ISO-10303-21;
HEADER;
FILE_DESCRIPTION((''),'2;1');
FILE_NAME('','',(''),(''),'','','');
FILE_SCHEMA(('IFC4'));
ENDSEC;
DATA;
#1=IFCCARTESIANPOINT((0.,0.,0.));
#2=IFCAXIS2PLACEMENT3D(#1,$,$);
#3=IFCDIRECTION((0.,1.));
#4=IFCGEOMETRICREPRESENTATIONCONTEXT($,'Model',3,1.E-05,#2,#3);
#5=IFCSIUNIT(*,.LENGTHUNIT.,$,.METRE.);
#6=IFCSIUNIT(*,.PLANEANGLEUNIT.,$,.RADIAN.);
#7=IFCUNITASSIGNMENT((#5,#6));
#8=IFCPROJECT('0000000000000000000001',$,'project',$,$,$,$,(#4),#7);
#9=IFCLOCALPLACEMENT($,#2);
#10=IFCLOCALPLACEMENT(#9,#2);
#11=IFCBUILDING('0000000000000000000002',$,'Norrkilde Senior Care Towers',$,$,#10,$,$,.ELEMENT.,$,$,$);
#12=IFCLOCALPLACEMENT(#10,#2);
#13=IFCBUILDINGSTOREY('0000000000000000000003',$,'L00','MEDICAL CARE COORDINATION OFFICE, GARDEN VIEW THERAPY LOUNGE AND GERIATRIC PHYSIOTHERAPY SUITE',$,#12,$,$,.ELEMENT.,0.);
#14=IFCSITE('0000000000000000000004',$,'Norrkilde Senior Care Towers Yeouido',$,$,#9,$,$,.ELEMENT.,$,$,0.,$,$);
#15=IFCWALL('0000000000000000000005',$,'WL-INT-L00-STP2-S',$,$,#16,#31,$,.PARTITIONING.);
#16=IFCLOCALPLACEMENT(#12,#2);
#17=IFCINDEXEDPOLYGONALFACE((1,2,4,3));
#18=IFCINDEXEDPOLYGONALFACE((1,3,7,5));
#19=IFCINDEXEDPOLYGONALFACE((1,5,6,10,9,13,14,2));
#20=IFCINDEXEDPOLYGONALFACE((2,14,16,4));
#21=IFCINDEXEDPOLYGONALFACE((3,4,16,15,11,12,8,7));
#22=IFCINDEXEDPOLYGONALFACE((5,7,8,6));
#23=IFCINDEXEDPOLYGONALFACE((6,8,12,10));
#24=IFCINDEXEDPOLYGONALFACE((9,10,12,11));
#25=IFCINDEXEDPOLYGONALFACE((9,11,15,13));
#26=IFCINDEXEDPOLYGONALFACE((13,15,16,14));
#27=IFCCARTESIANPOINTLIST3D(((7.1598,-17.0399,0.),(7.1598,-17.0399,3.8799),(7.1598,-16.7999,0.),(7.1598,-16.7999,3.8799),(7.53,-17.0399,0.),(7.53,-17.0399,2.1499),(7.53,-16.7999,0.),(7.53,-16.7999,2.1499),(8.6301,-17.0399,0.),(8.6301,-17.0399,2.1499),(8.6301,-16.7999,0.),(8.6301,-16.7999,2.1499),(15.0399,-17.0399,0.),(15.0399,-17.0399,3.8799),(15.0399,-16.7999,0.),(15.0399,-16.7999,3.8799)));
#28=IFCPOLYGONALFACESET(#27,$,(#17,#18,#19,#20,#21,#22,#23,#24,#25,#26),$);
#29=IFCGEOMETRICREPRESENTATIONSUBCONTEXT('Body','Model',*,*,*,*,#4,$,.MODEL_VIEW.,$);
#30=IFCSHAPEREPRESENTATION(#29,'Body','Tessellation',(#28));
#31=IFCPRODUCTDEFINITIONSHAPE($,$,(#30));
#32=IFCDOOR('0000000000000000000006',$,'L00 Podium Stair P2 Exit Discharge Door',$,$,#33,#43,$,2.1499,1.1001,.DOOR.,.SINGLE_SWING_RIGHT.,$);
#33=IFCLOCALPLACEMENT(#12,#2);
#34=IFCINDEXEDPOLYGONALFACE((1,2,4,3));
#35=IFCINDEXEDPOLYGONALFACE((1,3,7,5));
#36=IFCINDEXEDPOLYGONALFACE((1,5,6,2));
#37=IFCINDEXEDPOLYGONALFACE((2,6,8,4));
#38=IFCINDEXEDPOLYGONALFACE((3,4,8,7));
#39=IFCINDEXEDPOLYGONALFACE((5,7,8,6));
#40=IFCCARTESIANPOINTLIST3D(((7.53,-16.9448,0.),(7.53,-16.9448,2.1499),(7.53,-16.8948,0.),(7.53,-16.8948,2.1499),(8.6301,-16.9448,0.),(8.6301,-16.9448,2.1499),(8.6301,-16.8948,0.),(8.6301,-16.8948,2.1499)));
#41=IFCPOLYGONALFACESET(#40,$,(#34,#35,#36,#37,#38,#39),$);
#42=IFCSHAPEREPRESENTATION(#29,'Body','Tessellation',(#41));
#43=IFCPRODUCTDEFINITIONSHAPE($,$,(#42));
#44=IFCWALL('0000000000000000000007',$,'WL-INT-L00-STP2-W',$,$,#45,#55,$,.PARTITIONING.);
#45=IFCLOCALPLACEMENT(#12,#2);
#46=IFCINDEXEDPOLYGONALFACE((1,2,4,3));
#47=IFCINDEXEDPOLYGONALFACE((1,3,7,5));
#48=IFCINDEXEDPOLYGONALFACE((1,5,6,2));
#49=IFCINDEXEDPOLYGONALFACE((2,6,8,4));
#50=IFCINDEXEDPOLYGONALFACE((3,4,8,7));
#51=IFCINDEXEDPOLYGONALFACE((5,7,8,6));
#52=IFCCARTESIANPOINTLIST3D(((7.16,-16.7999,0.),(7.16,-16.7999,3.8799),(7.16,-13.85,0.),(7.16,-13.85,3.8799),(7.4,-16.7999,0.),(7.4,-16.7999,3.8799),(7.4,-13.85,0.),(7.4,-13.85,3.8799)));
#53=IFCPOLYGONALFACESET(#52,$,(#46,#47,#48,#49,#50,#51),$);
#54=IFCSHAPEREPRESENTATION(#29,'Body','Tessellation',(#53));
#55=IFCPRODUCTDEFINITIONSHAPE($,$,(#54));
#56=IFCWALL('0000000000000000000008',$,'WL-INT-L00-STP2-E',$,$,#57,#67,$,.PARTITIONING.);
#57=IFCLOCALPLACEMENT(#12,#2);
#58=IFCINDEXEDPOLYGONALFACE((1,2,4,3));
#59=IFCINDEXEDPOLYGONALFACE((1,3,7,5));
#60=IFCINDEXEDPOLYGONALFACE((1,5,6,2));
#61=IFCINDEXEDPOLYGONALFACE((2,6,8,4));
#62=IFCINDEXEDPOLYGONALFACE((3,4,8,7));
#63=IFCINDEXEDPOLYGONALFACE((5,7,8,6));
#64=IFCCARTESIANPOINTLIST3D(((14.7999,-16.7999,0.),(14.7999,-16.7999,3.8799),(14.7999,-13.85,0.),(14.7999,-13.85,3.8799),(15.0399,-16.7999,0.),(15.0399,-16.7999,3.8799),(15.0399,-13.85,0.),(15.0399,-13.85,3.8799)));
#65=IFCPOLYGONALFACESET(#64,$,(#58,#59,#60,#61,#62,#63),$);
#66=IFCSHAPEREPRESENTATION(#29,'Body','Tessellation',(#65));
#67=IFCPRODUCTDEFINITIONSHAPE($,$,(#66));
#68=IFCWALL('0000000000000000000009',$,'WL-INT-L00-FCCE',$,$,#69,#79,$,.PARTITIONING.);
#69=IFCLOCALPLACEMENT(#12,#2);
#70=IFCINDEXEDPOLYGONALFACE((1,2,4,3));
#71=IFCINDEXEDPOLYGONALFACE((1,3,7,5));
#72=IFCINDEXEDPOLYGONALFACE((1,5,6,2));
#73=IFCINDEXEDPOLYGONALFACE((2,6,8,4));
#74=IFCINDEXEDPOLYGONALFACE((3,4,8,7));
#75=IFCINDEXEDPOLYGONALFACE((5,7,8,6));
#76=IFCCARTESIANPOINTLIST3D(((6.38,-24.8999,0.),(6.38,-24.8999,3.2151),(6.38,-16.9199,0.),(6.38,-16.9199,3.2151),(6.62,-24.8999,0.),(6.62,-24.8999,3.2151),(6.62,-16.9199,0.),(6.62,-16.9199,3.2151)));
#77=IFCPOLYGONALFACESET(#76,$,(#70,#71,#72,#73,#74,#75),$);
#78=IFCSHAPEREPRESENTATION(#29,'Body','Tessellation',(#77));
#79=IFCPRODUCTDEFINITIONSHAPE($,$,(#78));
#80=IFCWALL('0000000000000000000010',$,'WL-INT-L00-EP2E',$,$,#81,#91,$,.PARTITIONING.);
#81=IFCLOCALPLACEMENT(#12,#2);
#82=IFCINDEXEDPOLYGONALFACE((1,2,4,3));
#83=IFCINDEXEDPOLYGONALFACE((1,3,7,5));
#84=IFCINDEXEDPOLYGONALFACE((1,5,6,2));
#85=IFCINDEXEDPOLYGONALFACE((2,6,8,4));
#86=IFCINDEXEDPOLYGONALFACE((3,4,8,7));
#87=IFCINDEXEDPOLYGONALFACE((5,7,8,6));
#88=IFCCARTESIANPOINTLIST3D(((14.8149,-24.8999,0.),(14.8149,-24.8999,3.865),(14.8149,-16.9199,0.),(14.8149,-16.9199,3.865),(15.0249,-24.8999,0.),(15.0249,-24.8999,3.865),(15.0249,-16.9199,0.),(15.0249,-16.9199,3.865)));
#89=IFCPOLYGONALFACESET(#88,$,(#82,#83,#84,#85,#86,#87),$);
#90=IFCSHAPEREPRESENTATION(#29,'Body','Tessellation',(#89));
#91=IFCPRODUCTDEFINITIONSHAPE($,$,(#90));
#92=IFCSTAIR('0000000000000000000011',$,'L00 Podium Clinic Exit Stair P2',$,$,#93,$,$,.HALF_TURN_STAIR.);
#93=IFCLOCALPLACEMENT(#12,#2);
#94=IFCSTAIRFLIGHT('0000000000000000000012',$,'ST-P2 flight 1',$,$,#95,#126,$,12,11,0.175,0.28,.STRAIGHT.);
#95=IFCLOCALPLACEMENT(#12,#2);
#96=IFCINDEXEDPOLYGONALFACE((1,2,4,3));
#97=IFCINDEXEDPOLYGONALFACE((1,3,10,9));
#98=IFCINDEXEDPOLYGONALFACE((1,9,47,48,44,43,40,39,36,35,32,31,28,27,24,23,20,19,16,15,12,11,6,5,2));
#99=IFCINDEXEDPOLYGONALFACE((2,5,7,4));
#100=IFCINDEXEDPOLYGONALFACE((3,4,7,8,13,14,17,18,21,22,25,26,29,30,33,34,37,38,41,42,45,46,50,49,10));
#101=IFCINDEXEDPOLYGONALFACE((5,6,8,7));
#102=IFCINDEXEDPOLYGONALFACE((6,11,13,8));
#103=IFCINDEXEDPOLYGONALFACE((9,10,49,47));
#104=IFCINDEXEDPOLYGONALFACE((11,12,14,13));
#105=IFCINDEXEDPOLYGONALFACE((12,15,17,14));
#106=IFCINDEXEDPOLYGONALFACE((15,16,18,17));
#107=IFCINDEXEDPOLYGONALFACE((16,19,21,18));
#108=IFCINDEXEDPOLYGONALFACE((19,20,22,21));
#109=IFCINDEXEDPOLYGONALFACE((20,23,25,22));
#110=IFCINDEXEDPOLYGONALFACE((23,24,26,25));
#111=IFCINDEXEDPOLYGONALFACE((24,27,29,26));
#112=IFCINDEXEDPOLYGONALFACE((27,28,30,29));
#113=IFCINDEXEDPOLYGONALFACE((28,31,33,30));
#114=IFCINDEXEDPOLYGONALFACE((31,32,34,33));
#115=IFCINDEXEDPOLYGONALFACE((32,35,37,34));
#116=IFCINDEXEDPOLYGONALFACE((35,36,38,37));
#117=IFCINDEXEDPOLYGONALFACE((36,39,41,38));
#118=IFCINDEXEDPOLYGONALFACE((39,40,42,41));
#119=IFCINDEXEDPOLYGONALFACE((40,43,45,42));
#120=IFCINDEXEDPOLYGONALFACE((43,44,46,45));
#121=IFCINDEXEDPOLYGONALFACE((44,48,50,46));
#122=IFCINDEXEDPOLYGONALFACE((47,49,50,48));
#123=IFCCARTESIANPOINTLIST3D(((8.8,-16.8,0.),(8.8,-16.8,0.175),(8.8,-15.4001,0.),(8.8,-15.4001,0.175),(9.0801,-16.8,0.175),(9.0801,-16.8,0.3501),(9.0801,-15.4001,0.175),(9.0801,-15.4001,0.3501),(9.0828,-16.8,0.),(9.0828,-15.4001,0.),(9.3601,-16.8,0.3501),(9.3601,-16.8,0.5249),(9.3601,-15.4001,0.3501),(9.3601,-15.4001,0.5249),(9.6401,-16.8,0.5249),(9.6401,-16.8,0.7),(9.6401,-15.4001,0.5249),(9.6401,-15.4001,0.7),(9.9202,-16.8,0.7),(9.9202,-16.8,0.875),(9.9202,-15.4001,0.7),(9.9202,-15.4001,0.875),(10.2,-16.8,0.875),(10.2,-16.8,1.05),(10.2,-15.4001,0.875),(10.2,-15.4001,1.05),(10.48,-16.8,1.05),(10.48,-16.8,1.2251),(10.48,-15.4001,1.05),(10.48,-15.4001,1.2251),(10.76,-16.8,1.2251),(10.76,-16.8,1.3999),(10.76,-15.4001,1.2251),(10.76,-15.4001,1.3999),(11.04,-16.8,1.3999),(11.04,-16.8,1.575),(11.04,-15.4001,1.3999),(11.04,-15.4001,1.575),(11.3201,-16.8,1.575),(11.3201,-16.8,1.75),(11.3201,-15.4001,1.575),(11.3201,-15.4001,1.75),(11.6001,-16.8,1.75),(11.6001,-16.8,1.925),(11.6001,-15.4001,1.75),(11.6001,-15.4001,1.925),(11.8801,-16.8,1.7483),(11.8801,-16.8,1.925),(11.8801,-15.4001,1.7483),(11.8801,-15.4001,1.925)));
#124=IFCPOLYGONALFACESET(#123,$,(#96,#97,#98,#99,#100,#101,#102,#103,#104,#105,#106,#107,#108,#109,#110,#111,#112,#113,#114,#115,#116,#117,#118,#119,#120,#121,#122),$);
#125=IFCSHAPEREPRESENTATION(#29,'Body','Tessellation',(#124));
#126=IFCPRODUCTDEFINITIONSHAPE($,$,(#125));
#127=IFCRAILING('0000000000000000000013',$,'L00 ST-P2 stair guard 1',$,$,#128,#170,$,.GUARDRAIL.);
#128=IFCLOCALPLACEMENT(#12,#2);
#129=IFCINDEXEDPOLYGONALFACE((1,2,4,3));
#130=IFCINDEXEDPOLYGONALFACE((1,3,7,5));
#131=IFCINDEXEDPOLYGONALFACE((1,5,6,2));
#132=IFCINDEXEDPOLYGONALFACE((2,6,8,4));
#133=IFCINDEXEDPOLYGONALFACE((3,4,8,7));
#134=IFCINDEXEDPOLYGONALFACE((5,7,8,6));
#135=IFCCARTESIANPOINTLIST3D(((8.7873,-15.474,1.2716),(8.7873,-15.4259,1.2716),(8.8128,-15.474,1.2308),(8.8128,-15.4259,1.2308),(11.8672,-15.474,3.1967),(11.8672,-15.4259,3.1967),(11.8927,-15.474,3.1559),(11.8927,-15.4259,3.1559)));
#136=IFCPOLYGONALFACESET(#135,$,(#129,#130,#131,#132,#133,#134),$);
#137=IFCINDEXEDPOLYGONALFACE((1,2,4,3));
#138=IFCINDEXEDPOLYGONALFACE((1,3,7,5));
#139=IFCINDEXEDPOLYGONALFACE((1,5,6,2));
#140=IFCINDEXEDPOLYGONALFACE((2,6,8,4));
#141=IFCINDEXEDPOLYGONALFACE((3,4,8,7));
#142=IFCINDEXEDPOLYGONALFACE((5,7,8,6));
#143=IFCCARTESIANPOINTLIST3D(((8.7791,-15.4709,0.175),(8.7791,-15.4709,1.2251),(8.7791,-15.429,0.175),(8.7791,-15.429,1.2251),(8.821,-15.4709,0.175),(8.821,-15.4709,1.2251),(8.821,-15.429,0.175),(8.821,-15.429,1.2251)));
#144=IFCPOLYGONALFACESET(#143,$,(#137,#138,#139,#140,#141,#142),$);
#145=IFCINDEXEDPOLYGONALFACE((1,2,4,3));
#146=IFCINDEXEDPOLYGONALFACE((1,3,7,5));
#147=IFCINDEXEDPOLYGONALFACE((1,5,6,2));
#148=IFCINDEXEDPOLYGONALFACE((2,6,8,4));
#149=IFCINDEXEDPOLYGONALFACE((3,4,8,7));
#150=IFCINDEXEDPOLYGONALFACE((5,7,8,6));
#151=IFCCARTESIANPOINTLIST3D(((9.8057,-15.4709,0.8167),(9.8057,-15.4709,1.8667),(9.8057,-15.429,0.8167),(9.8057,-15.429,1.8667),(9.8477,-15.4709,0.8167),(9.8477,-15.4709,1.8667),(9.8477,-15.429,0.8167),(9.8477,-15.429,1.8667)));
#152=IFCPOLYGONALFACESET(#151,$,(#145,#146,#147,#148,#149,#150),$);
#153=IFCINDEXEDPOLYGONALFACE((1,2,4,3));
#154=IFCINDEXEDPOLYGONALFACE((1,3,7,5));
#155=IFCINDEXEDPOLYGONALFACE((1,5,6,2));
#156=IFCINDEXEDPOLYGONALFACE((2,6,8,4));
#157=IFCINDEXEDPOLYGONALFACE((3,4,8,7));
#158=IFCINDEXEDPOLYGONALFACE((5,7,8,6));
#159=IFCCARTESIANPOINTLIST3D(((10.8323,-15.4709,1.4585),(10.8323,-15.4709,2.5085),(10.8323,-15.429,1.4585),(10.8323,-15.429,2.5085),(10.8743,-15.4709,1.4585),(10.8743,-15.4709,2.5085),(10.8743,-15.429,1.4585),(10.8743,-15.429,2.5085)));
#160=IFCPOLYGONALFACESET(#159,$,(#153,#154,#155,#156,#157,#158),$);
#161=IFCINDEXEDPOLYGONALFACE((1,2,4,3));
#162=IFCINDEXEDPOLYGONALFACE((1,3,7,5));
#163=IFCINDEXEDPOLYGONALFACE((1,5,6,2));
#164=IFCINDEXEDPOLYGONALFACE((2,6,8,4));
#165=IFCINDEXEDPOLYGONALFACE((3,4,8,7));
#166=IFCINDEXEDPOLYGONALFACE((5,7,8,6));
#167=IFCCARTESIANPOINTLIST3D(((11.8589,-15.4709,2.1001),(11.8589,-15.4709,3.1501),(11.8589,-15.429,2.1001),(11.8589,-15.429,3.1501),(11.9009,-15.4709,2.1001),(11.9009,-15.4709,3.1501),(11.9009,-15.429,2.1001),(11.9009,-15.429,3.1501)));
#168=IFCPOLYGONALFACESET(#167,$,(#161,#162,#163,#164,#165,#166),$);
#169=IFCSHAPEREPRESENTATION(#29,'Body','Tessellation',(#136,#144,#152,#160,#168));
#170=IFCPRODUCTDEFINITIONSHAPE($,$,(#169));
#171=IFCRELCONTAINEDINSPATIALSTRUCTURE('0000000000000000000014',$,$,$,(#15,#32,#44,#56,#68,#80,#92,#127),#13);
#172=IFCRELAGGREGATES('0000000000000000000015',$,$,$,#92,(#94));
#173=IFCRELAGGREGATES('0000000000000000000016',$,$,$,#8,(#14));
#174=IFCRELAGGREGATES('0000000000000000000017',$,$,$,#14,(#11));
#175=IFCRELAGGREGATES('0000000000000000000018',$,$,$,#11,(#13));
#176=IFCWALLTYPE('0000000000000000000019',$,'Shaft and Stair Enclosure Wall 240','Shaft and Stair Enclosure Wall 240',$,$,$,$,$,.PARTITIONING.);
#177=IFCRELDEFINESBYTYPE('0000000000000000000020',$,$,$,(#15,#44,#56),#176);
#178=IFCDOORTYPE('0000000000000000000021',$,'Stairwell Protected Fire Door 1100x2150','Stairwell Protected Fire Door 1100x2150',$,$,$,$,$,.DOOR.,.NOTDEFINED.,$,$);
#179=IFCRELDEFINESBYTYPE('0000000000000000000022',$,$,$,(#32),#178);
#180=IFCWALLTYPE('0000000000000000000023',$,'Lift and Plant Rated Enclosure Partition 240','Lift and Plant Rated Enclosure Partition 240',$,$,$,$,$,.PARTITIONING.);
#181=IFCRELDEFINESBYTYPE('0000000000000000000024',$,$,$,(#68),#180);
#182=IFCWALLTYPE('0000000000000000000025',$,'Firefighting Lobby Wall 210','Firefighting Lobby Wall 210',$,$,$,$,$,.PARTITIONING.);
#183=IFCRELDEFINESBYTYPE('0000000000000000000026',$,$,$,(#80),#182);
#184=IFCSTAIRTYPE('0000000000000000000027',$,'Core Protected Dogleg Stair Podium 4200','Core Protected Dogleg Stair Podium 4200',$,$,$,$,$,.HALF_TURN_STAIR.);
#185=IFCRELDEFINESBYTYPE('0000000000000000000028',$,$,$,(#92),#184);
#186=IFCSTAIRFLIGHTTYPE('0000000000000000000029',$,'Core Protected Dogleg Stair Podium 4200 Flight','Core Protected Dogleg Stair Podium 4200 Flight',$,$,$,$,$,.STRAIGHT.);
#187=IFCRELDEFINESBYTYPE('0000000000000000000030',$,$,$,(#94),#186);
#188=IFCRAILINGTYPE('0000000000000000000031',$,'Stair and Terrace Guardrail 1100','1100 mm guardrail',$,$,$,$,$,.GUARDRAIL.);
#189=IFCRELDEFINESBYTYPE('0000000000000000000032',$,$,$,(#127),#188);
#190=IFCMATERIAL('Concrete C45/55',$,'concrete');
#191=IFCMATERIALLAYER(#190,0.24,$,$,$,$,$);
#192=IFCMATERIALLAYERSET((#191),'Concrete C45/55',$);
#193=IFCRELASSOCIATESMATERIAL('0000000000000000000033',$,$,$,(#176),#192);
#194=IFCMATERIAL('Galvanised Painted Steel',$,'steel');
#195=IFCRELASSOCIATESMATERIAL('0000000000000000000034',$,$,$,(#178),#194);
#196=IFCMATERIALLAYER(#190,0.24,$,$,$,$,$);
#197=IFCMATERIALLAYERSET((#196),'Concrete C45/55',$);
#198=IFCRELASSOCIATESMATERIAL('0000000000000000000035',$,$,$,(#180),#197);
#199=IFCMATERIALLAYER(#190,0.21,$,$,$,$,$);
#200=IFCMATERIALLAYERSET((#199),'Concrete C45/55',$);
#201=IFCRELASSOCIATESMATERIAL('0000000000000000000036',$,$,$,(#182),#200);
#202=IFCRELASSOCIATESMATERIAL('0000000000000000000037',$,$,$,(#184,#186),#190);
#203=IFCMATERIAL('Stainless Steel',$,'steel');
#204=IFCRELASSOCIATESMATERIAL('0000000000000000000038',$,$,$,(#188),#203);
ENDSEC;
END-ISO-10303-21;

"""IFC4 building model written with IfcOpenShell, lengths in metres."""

from ifc_helpers import new_model, si_unit, direction, frame, frame_2d, origin, origin_2d, place, context, subcontext, project, spatial, polyline, rectangle, outline, extrude, source, transform, mapped, material, layer, layer_set, type_object, type_shapes, element, fill, aggregate, save


model = new_model("IFC4")

# Units and contexts
model_context = context("Model", 3, precision=1e-05, world=origin(), true_north=direction((0.0, 1.0)))
body_context = subcontext(model_context, "Body", "Model", "MODEL_VIEW")
ifc_project = project(units=[si_unit("LENGTHUNIT", "METRE"), si_unit("PLANEANGLEUNIT", "RADIAN")], contexts=[model_context])

# Site, building, storey
site_placement = place(None, origin())
site = spatial("IfcSite", under=ifc_project, at=site_placement, Name="Norrkilde Senior Care Towers Yeouido", CompositionType="ELEMENT", RefElevation=0.0)
building_placement = place(site_placement, origin())
building = spatial("IfcBuilding", under=site, at=building_placement, Name="Norrkilde Senior Care Towers", CompositionType="ELEMENT")
storey_placement = place(building_placement, origin())
storey = spatial("IfcBuildingStorey", under=building, at=storey_placement, Name="L00", Description="MEDICAL CARE COORDINATION OFFICE, GARDEN VIEW THERAPY LOUNGE AND GERIATRIC PHYSIOTHERAPY SUITE", CompositionType="ELEMENT", Elevation=0.0)

# Wall, opening, door
ifc_material_1 = material(Name="Concrete C45/55", Category="concrete")
ifc_layer_1 = layer(ifc_material_1, 0.24)
ifc_layer_set_1 = layer_set([ifc_layer_1], Name="Concrete C45/55")
wall_type_1 = type_object("IfcWallType", Name="Shaft and Stair Enclosure Wall 240", Description="Shaft and Stair Enclosure Wall 240", PredefinedType="PARTITIONING", material=ifc_layer_set_1)
shared_shape_1 = source(origin(), body_context, "Body", "SweptSolid", [
    extrude(rectangle(XDim=7.8801, YDim=0.24, at=frame_2d((3.9399, 0.0))), origin(), (0.0, 0.0, 1.0), 3.8799),
])
wall_1_placement = place(storey_placement, frame((7.1599, -16.9199, 0.0), z_axis=(0.0, 0.0, 1.0), x_axis=(1.0, 0.0, 0.0)))
wall_1 = element("IfcWall", 1, at=wall_1_placement, inside=storey, type_object=wall_type_1, Name="WL-INT-L00-STP2-S", PredefinedType="PARTITIONING", context=body_context, shape_type="MappedRepresentation", body=[
    mapped(shared_shape_1, transform((0.0, 0.0, 0.0), x_axis=(1.0, 0.0, 0.0), y_axis=(0.0, 1.0, 0.0), z_axis=(0.0, 0.0, 1.0), scale=1.0)),
])
opening_placement = place(wall_1_placement, frame((0.3701, 0.0, 0.0)))
opening = element("IfcOpeningElement", 2, at=opening_placement, cuts=wall_1, PredefinedType="OPENING", context=body_context, shape_type="SweptSolid", body=[
    extrude(rectangle(XDim=1.1001, YDim=2.1499, at=frame_2d((0.55, 1.075))), frame((0.0, 0.1299, 0.0), z_axis=(0.0, -1.0, 0.0), x_axis=(1.0, 0.0, 0.0)), (0.0, 0.0, 1.0), 0.26),
])
ifc_material_2 = material(Name="Galvanised Painted Steel", Category="steel")
door_type = type_object("IfcDoorType", Name="Stairwell Protected Fire Door 1100x2150", Description="Stairwell Protected Fire Door 1100x2150", OperationType="NOTDEFINED", PredefinedType="DOOR", material=ifc_material_2)
shared_shape_2 = source(origin(), body_context, "Body", "SweptSolid", [
    extrude(rectangle(XDim=1.1001, YDim=2.1499, at=frame_2d((0.55, 1.075))), frame((0.0, 0.0249, 0.0), z_axis=(0.0, -1.0, 0.0), x_axis=(1.0, 0.0, 0.0)), (0.0, 0.0, 1.0), 0.05),
])
type_shapes(door_type, [shared_shape_2])
door_placement = place(opening_placement, frame((1.1001, 0.0, 0.0), z_axis=(0.0, 0.0, 1.0), x_axis=(-1.0, 0.0, 0.0)))
door = element("IfcDoor", 3, at=door_placement, inside=storey, type_object=door_type, Name="L00 Podium Stair P2 Exit Discharge Door", OperationType="SINGLE_SWING_RIGHT", OverallHeight=2.1499, OverallWidth=1.1001, PredefinedType="DOOR", context=body_context, shape_type="MappedRepresentation", body=[
    mapped(shared_shape_2, transform((0.0, 0.0, 0.0), x_axis=(1.0, 0.0, 0.0), y_axis=(0.0, 1.0, 0.0), z_axis=(0.0, 0.0, 1.0), scale=1.0)),
])
fill(opening, door)

# Walls
shared_shape_3 = source(origin(), body_context, "Body", "SweptSolid", [
    extrude(rectangle(XDim=2.95, YDim=0.24, at=frame_2d((1.4751, 0.0))), origin(), (0.0, 0.0, 1.0), 3.8799),
])
type_shapes(wall_type_1, [shared_shape_1, shared_shape_3])
for number, where, z_axis, x_axis, name in (
    (4, (7.28, -16.8, 0.0), (0.0, 0.0, 1.0), (0.0, 1.0, 0.0), "WL-INT-L00-STP2-W"),
    (5, (14.9199, -16.8, 0.0), (0.0, 0.0, 1.0), (0.0, 1.0, 0.0), "WL-INT-L00-STP2-E"),
):
    element("IfcWall", number, at=place(storey_placement, frame(where, z_axis=z_axis, x_axis=x_axis)), inside=storey, type_object=wall_type_1, Name=name, PredefinedType="PARTITIONING", context=body_context, shape_type="MappedRepresentation", body=[
        mapped(shared_shape_3, transform((0.0, 0.0, 0.0), x_axis=(1.0, 0.0, 0.0), y_axis=(0.0, 1.0, 0.0), z_axis=(0.0, 0.0, 1.0), scale=1.0)),
    ])
ifc_layer_2 = layer(ifc_material_1, 0.24)
ifc_layer_set_2 = layer_set([ifc_layer_2], Name="Concrete C45/55")
wall_type_2 = type_object("IfcWallType", Name="Lift and Plant Rated Enclosure Partition 240", Description="Lift and Plant Rated Enclosure Partition 240", PredefinedType="PARTITIONING", material=ifc_layer_set_2)
shared_shape_4 = source(origin(), body_context, "Body", "SweptSolid", [
    extrude(rectangle(XDim=7.98, YDim=0.24, at=frame_2d((3.99, 0.0))), origin(), (0.0, 0.0, 1.0), 3.2151),
])
type_shapes(wall_type_2, [shared_shape_4])
wall_2_placement = place(storey_placement, frame((6.5, -24.8999, 0.0), z_axis=(0.0, 0.0, 1.0), x_axis=(0.0, 1.0, 0.0)))
element("IfcWall", 6, at=wall_2_placement, inside=storey, type_object=wall_type_2, Name="WL-INT-L00-FCCE", PredefinedType="PARTITIONING", context=body_context, shape_type="MappedRepresentation", body=[
    mapped(shared_shape_4, transform((0.0, 0.0, 0.0), x_axis=(1.0, 0.0, 0.0), y_axis=(0.0, 1.0, 0.0), z_axis=(0.0, 0.0, 1.0), scale=1.0)),
])
ifc_layer_3 = layer(ifc_material_1, 0.21)
ifc_layer_set_3 = layer_set([ifc_layer_3], Name="Concrete C45/55")
wall_type_3 = type_object("IfcWallType", Name="Firefighting Lobby Wall 210", Description="Firefighting Lobby Wall 210", PredefinedType="PARTITIONING", material=ifc_layer_set_3)
shared_shape_5 = source(origin(), body_context, "Body", "SweptSolid", [
    extrude(rectangle(XDim=7.98, YDim=0.21, at=frame_2d((3.99, 0.0))), origin(), (0.0, 0.0, 1.0), 3.865),
])
type_shapes(wall_type_3, [shared_shape_5])
wall_3_placement = place(storey_placement, frame((14.9199, -24.8999, 0.0), z_axis=(0.0, 0.0, 1.0), x_axis=(0.0, 1.0, 0.0)))
element("IfcWall", 7, at=wall_3_placement, inside=storey, type_object=wall_type_3, Name="WL-INT-L00-EP2E", PredefinedType="PARTITIONING", context=body_context, shape_type="MappedRepresentation", body=[
    mapped(shared_shape_5, transform((0.0, 0.0, 0.0), x_axis=(1.0, 0.0, 0.0), y_axis=(0.0, 1.0, 0.0), z_axis=(0.0, 0.0, 1.0), scale=1.0)),
])

# Stair, stair flight
stair_type = type_object("IfcStairType", Name="Core Protected Dogleg Stair Podium 4200", Description="Core Protected Dogleg Stair Podium 4200", PredefinedType="HALF_TURN_STAIR", material=ifc_material_1)
stair_placement = place(storey_placement, origin())
stair = element("IfcStair", 8, at=stair_placement, inside=storey, type_object=stair_type, Name="L00 Podium Clinic Exit Stair P2", PredefinedType="HALF_TURN_STAIR")
stair_flight_type = type_object("IfcStairFlightType", Name="Core Protected Dogleg Stair Podium 4200 Flight", Description="Core Protected Dogleg Stair Podium 4200 Flight", PredefinedType="STRAIGHT", material=ifc_material_1)
stair_flight_placement = place(storey_placement, frame((8.8, -16.1001, 0.0), z_axis=(0.0, 0.0, 1.0), x_axis=(1.0, 0.0, 0.0)))
stair_flight = element("IfcStairFlight", 9, at=stair_flight_placement, type_object=stair_flight_type, Name="ST-P2 flight 1", NumberOfRisers=12, NumberOfTreads=11, PredefinedType="STRAIGHT", RiserHeight=0.175, TreadLength=0.28, context=body_context, shape_type="SweptSolid", body=[
    extrude(outline(polyline([(0.0, 0.0), (0.0, 0.175), (0.28, 0.175), (0.28, 0.3501), (0.5601, 0.3501), (0.5601, 0.5249), (0.8401, 0.5249), (0.8401, 0.7), (1.1201, 0.7), (1.1201, 0.875), (1.3999, 0.875), (1.3999, 1.05), (1.6799, 1.05), (1.6799, 1.2251), (1.96, 1.2251), (1.96, 1.3999), (2.24, 1.3999), (2.24, 1.575), (2.52, 1.575), (2.52, 1.75), (2.8, 1.75), (2.8, 1.925), (3.0801, 1.925), (3.0801, 2.1001), (3.0801, 1.7483), (0.2827, 0.0), (0.0, 0.0)])), frame((0.0, 0.7, 0.0), z_axis=(0.0, -1.0, 0.0), x_axis=(1.0, 0.0, 0.0)), (0.0, 0.0, 1.0), 1.3999),
])
aggregate(stair, [stair_flight])

# Railing
ifc_material_3 = material(Name="Stainless Steel", Category="steel")
railing_type_1 = type_object("IfcRailingType", Name="Stair and Terrace Guardrail 1100", Description="1100 mm guardrail", PredefinedType="GUARDRAIL", material=ifc_material_3)
railing_1_placement = place(storey_placement, frame((8.8, -15.45, 0.175)))
element("IfcRailing", 10, at=railing_1_placement, inside=storey, type_object=railing_type_1, Name="L00 ST-P2 stair guard 1", PredefinedType="GUARDRAIL", context=body_context, shape_type="SweptSolid", body=[
    extrude(rectangle(XDim=0.0481, YDim=0.0481, at=origin_2d()), frame((0.0, 0.0, 1.0762), z_axis=(0.847979, 0.0, 0.530029), x_axis=(0.0, 1.0, 0.0)), (0.0, 0.0, 1.0), 3.6321),
    extrude(rectangle(XDim=0.042, YDim=0.042, at=origin_2d()), origin(), (0.0, 0.0, 1.0), 1.05),
    extrude(rectangle(XDim=0.042, YDim=0.042, at=origin_2d()), frame((1.0266, 0.0, 0.6416)), (0.0, 0.0, 1.0), 1.05),
    extrude(rectangle(XDim=0.042, YDim=0.042, at=origin_2d()), frame((2.0532, 0.0, 1.2834)), (0.0, 0.0, 1.0), 1.05),
    extrude(rectangle(XDim=0.042, YDim=0.042, at=origin_2d()), frame((3.0798, 0.0, 1.925)), (0.0, 0.0, 1.0), 1.05),
])

save(model, "model.ifc")
